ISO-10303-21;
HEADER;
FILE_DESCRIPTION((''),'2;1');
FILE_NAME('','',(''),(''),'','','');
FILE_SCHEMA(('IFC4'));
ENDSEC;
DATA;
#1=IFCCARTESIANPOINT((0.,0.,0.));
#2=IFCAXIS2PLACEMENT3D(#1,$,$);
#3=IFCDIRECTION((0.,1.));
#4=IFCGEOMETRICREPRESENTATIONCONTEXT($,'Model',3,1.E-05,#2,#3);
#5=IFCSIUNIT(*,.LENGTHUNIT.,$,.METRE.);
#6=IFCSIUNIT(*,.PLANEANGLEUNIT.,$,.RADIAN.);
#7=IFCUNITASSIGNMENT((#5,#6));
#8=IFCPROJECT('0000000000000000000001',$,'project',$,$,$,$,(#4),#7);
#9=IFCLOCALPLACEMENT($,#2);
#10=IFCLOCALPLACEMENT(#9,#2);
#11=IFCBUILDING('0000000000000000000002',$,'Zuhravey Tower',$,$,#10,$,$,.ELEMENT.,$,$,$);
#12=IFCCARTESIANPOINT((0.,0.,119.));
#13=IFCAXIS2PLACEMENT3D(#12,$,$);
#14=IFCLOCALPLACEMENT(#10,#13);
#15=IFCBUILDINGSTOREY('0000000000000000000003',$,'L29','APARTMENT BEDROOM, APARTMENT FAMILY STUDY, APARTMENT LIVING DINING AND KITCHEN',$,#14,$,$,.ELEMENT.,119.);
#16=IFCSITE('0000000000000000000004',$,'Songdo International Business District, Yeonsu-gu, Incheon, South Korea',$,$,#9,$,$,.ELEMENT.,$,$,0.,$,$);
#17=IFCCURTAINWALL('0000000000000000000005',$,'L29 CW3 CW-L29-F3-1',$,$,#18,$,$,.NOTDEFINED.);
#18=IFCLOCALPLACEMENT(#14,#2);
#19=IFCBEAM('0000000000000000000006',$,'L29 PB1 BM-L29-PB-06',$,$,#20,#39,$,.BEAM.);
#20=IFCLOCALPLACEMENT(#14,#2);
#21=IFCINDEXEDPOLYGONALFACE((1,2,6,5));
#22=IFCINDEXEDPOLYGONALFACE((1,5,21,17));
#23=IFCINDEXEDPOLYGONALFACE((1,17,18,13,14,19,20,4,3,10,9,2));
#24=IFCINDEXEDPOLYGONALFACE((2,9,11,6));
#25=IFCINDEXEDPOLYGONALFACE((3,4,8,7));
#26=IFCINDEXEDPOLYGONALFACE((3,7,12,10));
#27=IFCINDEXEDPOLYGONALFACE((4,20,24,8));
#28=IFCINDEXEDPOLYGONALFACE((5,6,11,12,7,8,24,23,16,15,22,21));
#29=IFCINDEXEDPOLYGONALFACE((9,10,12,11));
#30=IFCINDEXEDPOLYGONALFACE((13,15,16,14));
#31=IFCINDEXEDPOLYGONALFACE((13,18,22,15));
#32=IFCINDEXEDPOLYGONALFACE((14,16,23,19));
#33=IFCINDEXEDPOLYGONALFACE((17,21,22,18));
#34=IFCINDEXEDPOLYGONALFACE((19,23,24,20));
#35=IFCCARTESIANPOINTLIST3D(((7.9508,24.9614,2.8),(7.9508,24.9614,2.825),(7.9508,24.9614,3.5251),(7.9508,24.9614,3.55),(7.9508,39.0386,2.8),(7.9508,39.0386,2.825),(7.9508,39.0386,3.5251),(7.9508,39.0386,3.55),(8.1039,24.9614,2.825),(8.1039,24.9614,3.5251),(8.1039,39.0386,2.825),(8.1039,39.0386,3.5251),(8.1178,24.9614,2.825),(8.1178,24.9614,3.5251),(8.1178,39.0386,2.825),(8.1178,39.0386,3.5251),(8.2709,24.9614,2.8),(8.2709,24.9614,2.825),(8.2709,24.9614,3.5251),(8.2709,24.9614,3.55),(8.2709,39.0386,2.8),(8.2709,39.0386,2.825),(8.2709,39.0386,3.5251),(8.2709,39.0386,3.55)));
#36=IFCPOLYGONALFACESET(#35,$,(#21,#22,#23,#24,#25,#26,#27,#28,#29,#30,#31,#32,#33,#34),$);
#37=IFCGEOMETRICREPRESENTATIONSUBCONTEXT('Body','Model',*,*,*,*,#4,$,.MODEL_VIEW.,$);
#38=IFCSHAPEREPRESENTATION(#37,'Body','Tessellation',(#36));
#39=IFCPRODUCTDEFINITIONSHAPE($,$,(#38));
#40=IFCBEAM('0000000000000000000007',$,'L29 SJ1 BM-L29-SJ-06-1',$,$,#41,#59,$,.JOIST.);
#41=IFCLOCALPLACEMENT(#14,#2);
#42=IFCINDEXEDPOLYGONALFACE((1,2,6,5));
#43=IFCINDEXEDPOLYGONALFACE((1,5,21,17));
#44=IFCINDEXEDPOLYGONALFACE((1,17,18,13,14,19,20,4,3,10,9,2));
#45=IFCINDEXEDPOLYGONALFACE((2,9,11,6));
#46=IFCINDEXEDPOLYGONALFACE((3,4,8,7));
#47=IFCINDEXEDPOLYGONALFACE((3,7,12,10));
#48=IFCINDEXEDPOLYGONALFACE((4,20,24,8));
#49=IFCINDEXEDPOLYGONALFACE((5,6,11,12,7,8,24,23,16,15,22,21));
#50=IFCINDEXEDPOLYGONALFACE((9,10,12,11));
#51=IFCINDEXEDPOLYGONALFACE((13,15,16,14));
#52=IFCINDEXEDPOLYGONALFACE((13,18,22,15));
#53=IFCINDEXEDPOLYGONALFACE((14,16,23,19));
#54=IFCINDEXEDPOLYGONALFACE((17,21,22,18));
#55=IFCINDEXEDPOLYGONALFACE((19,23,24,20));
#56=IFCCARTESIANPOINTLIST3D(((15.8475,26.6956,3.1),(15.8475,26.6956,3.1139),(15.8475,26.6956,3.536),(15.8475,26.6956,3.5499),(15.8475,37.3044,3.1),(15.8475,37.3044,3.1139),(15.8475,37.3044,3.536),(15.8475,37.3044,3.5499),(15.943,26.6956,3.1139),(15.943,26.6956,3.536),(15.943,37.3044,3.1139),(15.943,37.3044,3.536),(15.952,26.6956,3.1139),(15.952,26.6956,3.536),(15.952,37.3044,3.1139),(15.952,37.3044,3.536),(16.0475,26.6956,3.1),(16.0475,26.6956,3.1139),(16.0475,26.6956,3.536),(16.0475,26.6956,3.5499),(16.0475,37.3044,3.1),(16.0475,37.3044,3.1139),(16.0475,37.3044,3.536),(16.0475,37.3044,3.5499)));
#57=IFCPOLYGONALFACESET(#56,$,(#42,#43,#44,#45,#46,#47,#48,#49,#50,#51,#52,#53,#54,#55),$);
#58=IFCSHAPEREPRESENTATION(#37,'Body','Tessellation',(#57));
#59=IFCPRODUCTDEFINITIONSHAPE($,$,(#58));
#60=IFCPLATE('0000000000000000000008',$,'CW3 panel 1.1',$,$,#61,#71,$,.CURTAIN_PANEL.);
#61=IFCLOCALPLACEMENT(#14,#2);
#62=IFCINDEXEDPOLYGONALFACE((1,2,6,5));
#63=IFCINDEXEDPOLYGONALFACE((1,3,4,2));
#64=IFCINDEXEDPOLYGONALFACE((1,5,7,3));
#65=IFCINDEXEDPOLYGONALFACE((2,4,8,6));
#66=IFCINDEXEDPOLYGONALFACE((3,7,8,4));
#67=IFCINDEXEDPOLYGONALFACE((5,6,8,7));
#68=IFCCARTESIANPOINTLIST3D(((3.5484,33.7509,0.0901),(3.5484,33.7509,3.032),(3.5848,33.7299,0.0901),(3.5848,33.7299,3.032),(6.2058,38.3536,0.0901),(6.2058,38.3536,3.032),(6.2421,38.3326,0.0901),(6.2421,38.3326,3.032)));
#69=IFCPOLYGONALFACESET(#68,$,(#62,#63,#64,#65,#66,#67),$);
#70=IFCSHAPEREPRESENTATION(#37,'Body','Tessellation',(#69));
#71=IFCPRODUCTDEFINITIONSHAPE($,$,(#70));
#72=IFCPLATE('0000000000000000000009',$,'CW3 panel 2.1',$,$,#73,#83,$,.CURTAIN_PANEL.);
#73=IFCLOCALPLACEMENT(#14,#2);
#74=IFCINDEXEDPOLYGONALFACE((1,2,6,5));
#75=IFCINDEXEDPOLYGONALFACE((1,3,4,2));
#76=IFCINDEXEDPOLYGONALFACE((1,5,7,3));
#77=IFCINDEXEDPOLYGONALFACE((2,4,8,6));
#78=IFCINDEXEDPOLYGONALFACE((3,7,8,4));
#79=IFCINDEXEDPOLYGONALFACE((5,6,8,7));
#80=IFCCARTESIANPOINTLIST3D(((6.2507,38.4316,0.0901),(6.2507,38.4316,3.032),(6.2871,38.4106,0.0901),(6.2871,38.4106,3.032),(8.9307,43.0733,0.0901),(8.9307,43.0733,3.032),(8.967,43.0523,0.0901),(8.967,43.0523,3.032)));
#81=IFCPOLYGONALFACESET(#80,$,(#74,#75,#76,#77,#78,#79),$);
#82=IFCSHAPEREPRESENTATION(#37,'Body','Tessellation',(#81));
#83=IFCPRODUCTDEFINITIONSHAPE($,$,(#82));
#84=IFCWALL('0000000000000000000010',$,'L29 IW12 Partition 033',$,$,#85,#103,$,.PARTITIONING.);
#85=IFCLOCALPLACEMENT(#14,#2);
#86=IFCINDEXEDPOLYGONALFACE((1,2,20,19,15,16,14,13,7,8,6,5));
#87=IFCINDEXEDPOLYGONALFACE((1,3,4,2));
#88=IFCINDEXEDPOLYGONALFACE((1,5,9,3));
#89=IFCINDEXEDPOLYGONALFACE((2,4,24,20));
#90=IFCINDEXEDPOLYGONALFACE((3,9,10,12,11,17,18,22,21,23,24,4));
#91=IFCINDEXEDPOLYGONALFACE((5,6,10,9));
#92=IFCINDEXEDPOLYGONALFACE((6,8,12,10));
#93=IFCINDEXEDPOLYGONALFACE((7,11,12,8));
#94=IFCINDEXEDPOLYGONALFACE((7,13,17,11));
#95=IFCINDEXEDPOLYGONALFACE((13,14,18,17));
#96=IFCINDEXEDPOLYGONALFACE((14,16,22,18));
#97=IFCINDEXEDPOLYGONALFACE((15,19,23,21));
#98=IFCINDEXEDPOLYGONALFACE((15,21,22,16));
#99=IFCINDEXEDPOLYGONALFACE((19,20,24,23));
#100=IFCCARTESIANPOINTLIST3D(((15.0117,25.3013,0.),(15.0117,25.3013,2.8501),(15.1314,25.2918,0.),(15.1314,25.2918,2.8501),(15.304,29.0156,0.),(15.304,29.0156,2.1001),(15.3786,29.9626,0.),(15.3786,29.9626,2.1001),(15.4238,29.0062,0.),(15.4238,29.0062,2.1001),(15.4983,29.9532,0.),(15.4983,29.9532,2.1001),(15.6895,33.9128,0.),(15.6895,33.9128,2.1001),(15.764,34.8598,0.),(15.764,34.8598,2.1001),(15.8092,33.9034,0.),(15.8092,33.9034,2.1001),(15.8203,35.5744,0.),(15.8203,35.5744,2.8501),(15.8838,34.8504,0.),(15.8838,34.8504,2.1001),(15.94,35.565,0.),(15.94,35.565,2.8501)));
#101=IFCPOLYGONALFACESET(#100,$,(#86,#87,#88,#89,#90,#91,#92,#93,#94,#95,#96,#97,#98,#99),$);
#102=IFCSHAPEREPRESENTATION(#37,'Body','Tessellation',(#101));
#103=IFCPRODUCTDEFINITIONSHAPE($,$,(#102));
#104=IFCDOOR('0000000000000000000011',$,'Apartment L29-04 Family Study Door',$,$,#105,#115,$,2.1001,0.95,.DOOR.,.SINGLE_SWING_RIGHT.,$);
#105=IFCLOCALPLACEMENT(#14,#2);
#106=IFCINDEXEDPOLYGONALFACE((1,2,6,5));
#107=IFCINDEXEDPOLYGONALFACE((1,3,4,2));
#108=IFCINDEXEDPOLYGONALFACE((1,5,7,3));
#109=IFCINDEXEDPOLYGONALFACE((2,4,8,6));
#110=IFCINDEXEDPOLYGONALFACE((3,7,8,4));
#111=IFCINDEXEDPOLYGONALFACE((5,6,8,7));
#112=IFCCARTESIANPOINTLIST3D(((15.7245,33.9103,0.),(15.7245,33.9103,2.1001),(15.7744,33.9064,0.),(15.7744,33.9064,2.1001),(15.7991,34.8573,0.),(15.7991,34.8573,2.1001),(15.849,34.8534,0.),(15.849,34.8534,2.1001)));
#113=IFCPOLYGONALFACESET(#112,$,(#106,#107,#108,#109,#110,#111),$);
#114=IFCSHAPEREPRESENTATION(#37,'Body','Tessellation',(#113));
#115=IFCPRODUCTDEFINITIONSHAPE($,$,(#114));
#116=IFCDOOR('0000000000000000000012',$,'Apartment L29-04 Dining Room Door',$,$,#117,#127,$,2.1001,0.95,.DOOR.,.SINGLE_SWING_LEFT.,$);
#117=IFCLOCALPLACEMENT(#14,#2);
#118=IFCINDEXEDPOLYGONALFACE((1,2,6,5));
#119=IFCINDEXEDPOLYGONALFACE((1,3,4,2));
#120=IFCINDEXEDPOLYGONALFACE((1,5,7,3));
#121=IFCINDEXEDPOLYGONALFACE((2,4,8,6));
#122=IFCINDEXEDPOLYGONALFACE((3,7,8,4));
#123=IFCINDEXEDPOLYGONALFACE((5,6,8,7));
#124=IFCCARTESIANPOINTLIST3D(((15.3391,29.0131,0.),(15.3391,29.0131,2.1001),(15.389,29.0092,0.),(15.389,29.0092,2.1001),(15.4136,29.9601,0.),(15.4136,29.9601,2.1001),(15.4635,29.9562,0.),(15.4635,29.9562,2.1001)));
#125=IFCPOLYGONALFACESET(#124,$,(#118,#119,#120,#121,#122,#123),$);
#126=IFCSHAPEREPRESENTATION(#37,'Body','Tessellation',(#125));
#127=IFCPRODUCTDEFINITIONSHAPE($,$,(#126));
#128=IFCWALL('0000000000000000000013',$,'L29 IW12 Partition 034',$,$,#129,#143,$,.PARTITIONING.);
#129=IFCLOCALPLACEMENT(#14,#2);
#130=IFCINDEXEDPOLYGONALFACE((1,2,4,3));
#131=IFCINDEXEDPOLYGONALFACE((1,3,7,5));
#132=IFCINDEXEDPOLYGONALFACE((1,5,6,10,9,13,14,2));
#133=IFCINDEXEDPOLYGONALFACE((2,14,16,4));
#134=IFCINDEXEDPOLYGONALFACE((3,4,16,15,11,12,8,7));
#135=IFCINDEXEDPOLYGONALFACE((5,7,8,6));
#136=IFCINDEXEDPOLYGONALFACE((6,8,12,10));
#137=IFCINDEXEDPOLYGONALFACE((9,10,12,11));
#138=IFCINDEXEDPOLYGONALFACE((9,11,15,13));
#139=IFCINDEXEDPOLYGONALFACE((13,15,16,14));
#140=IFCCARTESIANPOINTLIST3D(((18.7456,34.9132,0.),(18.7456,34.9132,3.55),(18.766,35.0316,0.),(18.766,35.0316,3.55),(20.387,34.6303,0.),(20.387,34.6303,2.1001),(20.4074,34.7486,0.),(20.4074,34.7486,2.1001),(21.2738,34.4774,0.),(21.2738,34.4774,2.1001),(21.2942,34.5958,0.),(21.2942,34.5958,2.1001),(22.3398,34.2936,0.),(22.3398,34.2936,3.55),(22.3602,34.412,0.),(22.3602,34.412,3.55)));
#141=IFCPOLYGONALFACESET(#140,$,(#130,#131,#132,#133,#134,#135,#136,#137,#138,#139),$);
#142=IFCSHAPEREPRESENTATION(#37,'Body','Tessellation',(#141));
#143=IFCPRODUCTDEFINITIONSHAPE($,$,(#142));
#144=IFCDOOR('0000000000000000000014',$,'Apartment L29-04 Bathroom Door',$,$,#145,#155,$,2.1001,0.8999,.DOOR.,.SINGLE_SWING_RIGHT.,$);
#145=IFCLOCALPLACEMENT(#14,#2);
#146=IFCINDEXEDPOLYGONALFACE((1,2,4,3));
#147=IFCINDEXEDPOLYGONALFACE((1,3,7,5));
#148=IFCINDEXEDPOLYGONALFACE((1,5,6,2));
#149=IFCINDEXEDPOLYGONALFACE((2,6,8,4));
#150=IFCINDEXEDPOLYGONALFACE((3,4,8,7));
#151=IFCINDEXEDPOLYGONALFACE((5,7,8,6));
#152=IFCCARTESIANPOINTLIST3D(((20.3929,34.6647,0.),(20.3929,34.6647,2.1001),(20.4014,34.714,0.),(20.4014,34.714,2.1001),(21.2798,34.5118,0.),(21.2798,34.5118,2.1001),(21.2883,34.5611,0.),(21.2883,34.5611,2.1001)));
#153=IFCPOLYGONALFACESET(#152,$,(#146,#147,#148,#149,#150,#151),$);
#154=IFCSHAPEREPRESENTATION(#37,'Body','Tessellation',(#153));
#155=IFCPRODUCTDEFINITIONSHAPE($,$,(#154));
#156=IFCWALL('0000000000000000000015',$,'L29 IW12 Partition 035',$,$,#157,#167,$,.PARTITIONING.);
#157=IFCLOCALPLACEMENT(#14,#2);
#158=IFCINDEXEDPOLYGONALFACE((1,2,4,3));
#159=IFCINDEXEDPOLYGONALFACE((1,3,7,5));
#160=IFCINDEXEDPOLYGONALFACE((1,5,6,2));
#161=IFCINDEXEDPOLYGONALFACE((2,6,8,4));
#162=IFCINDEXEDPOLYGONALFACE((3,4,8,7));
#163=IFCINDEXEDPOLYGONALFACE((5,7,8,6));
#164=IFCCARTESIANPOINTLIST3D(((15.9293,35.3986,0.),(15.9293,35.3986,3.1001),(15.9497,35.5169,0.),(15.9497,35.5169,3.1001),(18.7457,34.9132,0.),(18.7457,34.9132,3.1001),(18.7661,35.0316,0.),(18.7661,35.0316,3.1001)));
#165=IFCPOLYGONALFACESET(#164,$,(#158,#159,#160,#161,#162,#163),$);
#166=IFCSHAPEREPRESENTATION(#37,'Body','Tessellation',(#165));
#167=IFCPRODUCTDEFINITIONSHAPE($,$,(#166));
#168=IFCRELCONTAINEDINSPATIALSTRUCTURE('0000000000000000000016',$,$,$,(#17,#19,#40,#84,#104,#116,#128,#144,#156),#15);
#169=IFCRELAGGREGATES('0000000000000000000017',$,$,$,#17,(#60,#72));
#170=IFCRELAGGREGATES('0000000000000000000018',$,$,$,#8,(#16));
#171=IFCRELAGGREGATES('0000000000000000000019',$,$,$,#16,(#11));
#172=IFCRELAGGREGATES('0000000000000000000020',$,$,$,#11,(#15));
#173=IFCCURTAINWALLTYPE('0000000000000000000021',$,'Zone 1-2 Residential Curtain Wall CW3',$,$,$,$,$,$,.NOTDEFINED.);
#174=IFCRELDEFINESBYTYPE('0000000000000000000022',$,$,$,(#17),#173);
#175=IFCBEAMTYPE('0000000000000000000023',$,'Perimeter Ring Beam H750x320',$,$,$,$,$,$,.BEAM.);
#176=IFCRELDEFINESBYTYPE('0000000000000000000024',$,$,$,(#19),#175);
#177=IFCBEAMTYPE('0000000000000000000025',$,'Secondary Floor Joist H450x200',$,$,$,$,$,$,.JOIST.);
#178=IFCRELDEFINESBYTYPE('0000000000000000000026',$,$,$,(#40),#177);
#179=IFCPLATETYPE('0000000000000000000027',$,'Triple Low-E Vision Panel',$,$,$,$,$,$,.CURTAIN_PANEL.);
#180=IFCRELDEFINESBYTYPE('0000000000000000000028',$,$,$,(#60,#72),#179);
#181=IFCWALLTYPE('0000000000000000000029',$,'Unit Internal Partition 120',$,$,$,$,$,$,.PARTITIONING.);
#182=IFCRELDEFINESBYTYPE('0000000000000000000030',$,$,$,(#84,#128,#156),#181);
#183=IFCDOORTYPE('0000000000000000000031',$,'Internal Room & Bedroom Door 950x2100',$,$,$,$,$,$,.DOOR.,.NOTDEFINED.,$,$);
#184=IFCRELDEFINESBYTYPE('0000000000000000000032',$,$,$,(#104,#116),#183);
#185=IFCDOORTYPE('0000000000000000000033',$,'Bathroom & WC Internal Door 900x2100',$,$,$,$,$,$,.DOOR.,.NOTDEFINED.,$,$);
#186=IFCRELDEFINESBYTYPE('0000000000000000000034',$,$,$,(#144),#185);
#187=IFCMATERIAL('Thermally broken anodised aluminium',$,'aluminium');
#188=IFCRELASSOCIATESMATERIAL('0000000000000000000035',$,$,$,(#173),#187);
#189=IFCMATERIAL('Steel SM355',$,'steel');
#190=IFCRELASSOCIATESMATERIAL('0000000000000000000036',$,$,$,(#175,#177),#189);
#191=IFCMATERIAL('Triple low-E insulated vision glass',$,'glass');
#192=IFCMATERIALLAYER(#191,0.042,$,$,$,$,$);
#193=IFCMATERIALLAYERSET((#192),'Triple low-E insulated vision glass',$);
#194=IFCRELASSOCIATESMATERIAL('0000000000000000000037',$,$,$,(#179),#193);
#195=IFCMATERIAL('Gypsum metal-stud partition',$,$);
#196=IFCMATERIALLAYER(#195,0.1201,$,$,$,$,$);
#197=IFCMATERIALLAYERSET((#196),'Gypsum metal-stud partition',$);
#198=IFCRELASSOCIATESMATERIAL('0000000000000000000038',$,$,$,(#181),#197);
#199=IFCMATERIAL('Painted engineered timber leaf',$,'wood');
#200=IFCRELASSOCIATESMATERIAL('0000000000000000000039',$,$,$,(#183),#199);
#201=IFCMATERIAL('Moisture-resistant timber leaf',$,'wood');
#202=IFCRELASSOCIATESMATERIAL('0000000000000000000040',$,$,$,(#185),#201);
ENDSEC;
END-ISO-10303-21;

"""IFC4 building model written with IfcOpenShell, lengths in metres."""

from ifc_helpers import new_model, si_unit, direction, frame, frame_2d, origin, origin_2d, place, context, subcontext, project, spatial, rectangle, i_section, extrude, material, layer, layer_set, material_profile, profile_set, type_object, element, fill, aggregate, save


model = new_model("IFC4")

# Units and contexts
model_context = context("Model", 3, precision=1e-05, world=origin(), true_north=direction((0.0, 1.0)))
body_context = subcontext(model_context, "Body", "Model", "MODEL_VIEW")
ifc_project = project(units=[si_unit("LENGTHUNIT", "METRE"), si_unit("PLANEANGLEUNIT", "RADIAN")], contexts=[model_context])

# Site, building, storey
site_placement = place(None, origin())
site = spatial("IfcSite", under=ifc_project, at=site_placement, Name="Songdo International Business District, Yeonsu-gu, Incheon, South Korea", CompositionType="ELEMENT", RefElevation=0.0)
building_placement = place(site_placement, origin())
building = spatial("IfcBuilding", under=site, at=building_placement, Name="Zuhravey Tower", CompositionType="ELEMENT")
storey_placement = place(building_placement, frame((0.0, 0.0, 119.0)))
storey = spatial("IfcBuildingStorey", under=building, at=storey_placement, Name="L29", Description="APARTMENT BEDROOM, APARTMENT FAMILY STUDY, APARTMENT LIVING DINING AND KITCHEN", CompositionType="ELEMENT", Elevation=119.0)

# Curtain wall
ifc_material_1 = material(Name="Thermally broken anodised aluminium", Category="aluminium")
curtain_wall_type = type_object("IfcCurtainWallType", Name="Zone 1-2 Residential Curtain Wall CW3", PredefinedType="NOTDEFINED", material=ifc_material_1)
curtain_wall_placement = place(storey_placement, origin())
curtain_wall = element("IfcCurtainWall", 1, at=curtain_wall_placement, inside=storey, type_object=curtain_wall_type, Name="L29 CW3 CW-L29-F3-1", PredefinedType="NOTDEFINED")

# Beams
ifc_material_2 = material(Name="Steel SM355", Category="steel")
ifc_material_profile_1 = material_profile(ifc_material_2, i_section(OverallWidth=0.3201, OverallDepth=0.75, WebThickness=0.0139, FlangeThickness=0.0249, at=origin_2d()), Name="H-750x320x14x25")
ifc_profile_set_1 = profile_set([ifc_material_profile_1], Name="Steel SM355")
beam_type_1 = type_object("IfcBeamType", Name="Perimeter Ring Beam H750x320", PredefinedType="BEAM", material=ifc_profile_set_1)
beam_1_placement = place(storey_placement, frame((8.1108, 39.0386, 3.175), z_axis=(0.0, -1.0, 0.0), x_axis=(1.0, 0.0, 0.0)))
element("IfcBeam", 2, at=beam_1_placement, inside=storey, type_object=beam_type_1, Name="L29 PB1 BM-L29-PB-06", PredefinedType="BEAM", context=body_context, shape_type="SweptSolid", body=[
    extrude(i_section(OverallWidth=0.3201, OverallDepth=0.75, WebThickness=0.0139, FlangeThickness=0.0249, at=origin_2d()), origin(), (0.0, 0.0, 1.0), 14.0771),
])
ifc_material_profile_2 = material_profile(ifc_material_2, i_section(OverallWidth=0.2, OverallDepth=0.45, WebThickness=0.009, FlangeThickness=0.0139, at=origin_2d()), Name="H-450x200x9x14")
ifc_profile_set_2 = profile_set([ifc_material_profile_2], Name="Steel SM355")
beam_type_2 = type_object("IfcBeamType", Name="Secondary Floor Joist H450x200", PredefinedType="JOIST", material=ifc_profile_set_2)
beam_2_placement = place(storey_placement, frame((15.9475, 37.3044, 3.325), z_axis=(0.0, -1.0, 0.0), x_axis=(1.0, 0.0, 0.0)))
element("IfcBeam", 3, at=beam_2_placement, inside=storey, type_object=beam_type_2, Name="L29 SJ1 BM-L29-SJ-06-1", PredefinedType="JOIST", context=body_context, shape_type="SweptSolid", body=[
    extrude(i_section(OverallWidth=0.2, OverallDepth=0.45, WebThickness=0.009, FlangeThickness=0.0139, at=origin_2d()), origin(), (0.0, 0.0, 1.0), 10.6089),
])

# Plates
ifc_material_3 = material(Name="Triple low-E insulated vision glass", Category="glass")
ifc_layer_1 = layer(ifc_material_3, 0.042)
ifc_layer_set_1 = layer_set([ifc_layer_1], Name="Triple low-E insulated vision glass")
plate_type = type_object("IfcPlateType", Name="Triple Low-E Vision Panel", PredefinedType="CURTAIN_PANEL", material=ifc_layer_set_1)
plate_1_placement = place(storey_placement, frame((4.8953, 36.0417, 0.0901), z_axis=(0.0, 0.0, 1.0), x_axis=(0.5, 0.866025, 0.0)))
plate_1 = element("IfcPlate", 4, at=plate_1_placement, type_object=plate_type, Name="CW3 panel 1.1", PredefinedType="CURTAIN_PANEL", context=body_context, shape_type="SweptSolid", body=[
    extrude(rectangle(XDim=5.3147, YDim=0.042, at=origin_2d()), origin(), (0.0, 0.0, 1.0), 2.9419),
])
plate_2_placement = place(storey_placement, frame((7.6089, 40.7419, 0.0901), z_axis=(0.0, 0.0, 1.0), x_axis=(0.5, 0.866025, 0.0)))
plate_2 = element("IfcPlate", 5, at=plate_2_placement, type_object=plate_type, Name="CW3 panel 2.1", PredefinedType="CURTAIN_PANEL", context=body_context, shape_type="SweptSolid", body=[
    extrude(rectangle(XDim=5.3599, YDim=0.042, at=origin_2d()), origin(), (0.0, 0.0, 1.0), 2.9419),
])
aggregate(curtain_wall, [plate_1, plate_2])

# Wall, openings, doors
ifc_material_4 = material(Name="Gypsum metal-stud partition")
ifc_layer_2 = layer(ifc_material_4, 0.1201)
ifc_layer_set_2 = layer_set([ifc_layer_2], Name="Gypsum metal-stud partition")
wall_type = type_object("IfcWallType", Name="Unit Internal Partition 120", PredefinedType="PARTITIONING", material=ifc_layer_set_2)
wall_1_placement = place(storey_placement, frame((15.8801, 35.5696, 0.0), z_axis=(0.0, 0.0, 1.0), x_axis=(-0.078466, -0.996917, 0.0)))
wall_1 = element("IfcWall", 6, at=wall_1_placement, inside=storey, type_object=wall_type, Name="L29 IW12 Partition 033", PredefinedType="PARTITIONING", context=body_context, shape_type="SweptSolid", body=[
    extrude(rectangle(XDim=10.3049, YDim=0.1201, at=frame_2d((5.1523, 0.0))), origin(), (0.0, 0.0, 1.0), 2.8501),
])
opening_1_placement = place(wall_1_placement, frame((0.7166, 0.0, 0.0)))
opening_1 = element("IfcOpeningElement", 7, at=opening_1_placement, cuts=wall_1, PredefinedType="OPENING", context=body_context, shape_type="SweptSolid", body=[
    extrude(rectangle(XDim=0.95, YDim=2.1001, at=frame_2d((0.4751, 1.05))), frame((0.0, 0.072, 0.0), z_axis=(0.0, -1.0, 0.0), x_axis=(1.0, 0.0, 0.0)), (0.0, 0.0, 1.0), 0.144),
])
opening_2_placement = place(wall_1_placement, frame((5.6289, 0.0, 0.0)))
opening_2 = element("IfcOpeningElement", 8, at=opening_2_placement, cuts=wall_1, PredefinedType="OPENING", context=body_context, shape_type="SweptSolid", body=[
    extrude(rectangle(XDim=0.95, YDim=2.1001, at=frame_2d((0.4751, 1.05))), frame((0.0, 0.072, 0.0), z_axis=(0.0, -1.0, 0.0), x_axis=(1.0, 0.0, 0.0)), (0.0, 0.0, 1.0), 0.144),
])
ifc_material_5 = material(Name="Painted engineered timber leaf", Category="wood")
door_type_1 = type_object("IfcDoorType", Name="Internal Room & Bedroom Door 950x2100", OperationType="NOTDEFINED", PredefinedType="DOOR", material=ifc_material_5)
door_1_placement = place(opening_1_placement, frame((0.95, 0.0, 0.0), z_axis=(0.0, 0.0, 1.0), x_axis=(-1.0, 0.0, 0.0)))
door_1 = element("IfcDoor", 9, at=door_1_placement, inside=storey, type_object=door_type_1, Name="Apartment L29-04 Family Study Door", OperationType="SINGLE_SWING_RIGHT", OverallHeight=2.1001, OverallWidth=0.95, PredefinedType="DOOR", context=body_context, shape_type="SweptSolid", body=[
    extrude(rectangle(XDim=0.95, YDim=2.1001, at=frame_2d((0.4751, 1.05))), frame((0.0, 0.0249, 0.0), z_axis=(0.0, -1.0, 0.0), x_axis=(1.0, 0.0, 0.0)), (0.0, 0.0, 1.0), 0.05),
])
fill(opening_1, door_1)
door_2_placement = place(opening_2_placement, frame((0.95, 0.0, 0.0), z_axis=(0.0, 0.0, 1.0), x_axis=(-1.0, 0.0, 0.0)))
door_2 = element("IfcDoor", 10, at=door_2_placement, inside=storey, type_object=door_type_1, Name="Apartment L29-04 Dining Room Door", OperationType="SINGLE_SWING_LEFT", OverallHeight=2.1001, OverallWidth=0.95, PredefinedType="DOOR", context=body_context, shape_type="SweptSolid", body=[
    extrude(rectangle(XDim=0.95, YDim=2.1001, at=frame_2d((0.4751, 1.05))), frame((0.0, 0.0249, 0.0), z_axis=(0.0, -1.0, 0.0), x_axis=(1.0, 0.0, 0.0)), (0.0, 0.0, 1.0), 0.05),
])
fill(opening_2, door_2)

# Wall, opening, door
wall_2_placement = place(storey_placement, frame((22.3501, 34.3528, 0.0), z_axis=(0.0, 0.0, 1.0), x_axis=(-0.985463, 0.169889, 0.0)))
wall_2 = element("IfcWall", 11, at=wall_2_placement, inside=storey, type_object=wall_type, Name="L29 IW12 Partition 034", PredefinedType="PARTITIONING", context=body_context, shape_type="SweptSolid", body=[
    extrude(rectangle(XDim=3.6472, YDim=0.1201, at=frame_2d((1.8237, 0.0))), origin(), (0.0, 0.0, 1.0), 3.55),
])
opening_3_placement = place(wall_2_placement, frame((1.0818, 0.0, 0.0)))
opening_3 = element("IfcOpeningElement", 12, at=opening_3_placement, cuts=wall_2, PredefinedType="OPENING", context=body_context, shape_type="SweptSolid", body=[
    extrude(rectangle(XDim=0.8999, YDim=2.1001, at=frame_2d((0.45, 1.05))), frame((0.0, 0.072, 0.0), z_axis=(0.0, -1.0, 0.0), x_axis=(1.0, 0.0, 0.0)), (0.0, 0.0, 1.0), 0.144),
])
ifc_material_6 = material(Name="Moisture-resistant timber leaf", Category="wood")
door_type_2 = type_object("IfcDoorType", Name="Bathroom & WC Internal Door 900x2100", OperationType="NOTDEFINED", PredefinedType="DOOR", material=ifc_material_6)
door_3_placement = place(opening_3_placement, frame((0.8999, 0.0, 0.0), z_axis=(0.0, 0.0, 1.0), x_axis=(-1.0, 0.0, 0.0)))
door_3 = element("IfcDoor", 13, at=door_3_placement, inside=storey, type_object=door_type_2, Name="Apartment L29-04 Bathroom Door", OperationType="SINGLE_SWING_RIGHT", OverallHeight=2.1001, OverallWidth=0.8999, PredefinedType="DOOR", context=body_context, shape_type="SweptSolid", body=[
    extrude(rectangle(XDim=0.8999, YDim=2.1001, at=frame_2d((0.45, 1.05))), frame((0.0, 0.0249, 0.0), z_axis=(0.0, -1.0, 0.0), x_axis=(1.0, 0.0, 0.0)), (0.0, 0.0, 1.0), 0.05),
])
fill(opening_3, door_3)

# Wall
wall_3_placement = place(storey_placement, frame((18.7559, 34.9724, 0.0), z_axis=(0.0, 0.0, 1.0), x_axis=(-0.985474, 0.169827, 0.0)))
element("IfcWall", 14, at=wall_3_placement, inside=storey, type_object=wall_type, Name="L29 IW12 Partition 035", PredefinedType="PARTITIONING", context=body_context, shape_type="SweptSolid", body=[
    extrude(rectangle(XDim=2.8579, YDim=0.1201, at=frame_2d((1.429, 0.0))), origin(), (0.0, 0.0, 1.0), 3.1001),
])

save(model, "model.ifc")
